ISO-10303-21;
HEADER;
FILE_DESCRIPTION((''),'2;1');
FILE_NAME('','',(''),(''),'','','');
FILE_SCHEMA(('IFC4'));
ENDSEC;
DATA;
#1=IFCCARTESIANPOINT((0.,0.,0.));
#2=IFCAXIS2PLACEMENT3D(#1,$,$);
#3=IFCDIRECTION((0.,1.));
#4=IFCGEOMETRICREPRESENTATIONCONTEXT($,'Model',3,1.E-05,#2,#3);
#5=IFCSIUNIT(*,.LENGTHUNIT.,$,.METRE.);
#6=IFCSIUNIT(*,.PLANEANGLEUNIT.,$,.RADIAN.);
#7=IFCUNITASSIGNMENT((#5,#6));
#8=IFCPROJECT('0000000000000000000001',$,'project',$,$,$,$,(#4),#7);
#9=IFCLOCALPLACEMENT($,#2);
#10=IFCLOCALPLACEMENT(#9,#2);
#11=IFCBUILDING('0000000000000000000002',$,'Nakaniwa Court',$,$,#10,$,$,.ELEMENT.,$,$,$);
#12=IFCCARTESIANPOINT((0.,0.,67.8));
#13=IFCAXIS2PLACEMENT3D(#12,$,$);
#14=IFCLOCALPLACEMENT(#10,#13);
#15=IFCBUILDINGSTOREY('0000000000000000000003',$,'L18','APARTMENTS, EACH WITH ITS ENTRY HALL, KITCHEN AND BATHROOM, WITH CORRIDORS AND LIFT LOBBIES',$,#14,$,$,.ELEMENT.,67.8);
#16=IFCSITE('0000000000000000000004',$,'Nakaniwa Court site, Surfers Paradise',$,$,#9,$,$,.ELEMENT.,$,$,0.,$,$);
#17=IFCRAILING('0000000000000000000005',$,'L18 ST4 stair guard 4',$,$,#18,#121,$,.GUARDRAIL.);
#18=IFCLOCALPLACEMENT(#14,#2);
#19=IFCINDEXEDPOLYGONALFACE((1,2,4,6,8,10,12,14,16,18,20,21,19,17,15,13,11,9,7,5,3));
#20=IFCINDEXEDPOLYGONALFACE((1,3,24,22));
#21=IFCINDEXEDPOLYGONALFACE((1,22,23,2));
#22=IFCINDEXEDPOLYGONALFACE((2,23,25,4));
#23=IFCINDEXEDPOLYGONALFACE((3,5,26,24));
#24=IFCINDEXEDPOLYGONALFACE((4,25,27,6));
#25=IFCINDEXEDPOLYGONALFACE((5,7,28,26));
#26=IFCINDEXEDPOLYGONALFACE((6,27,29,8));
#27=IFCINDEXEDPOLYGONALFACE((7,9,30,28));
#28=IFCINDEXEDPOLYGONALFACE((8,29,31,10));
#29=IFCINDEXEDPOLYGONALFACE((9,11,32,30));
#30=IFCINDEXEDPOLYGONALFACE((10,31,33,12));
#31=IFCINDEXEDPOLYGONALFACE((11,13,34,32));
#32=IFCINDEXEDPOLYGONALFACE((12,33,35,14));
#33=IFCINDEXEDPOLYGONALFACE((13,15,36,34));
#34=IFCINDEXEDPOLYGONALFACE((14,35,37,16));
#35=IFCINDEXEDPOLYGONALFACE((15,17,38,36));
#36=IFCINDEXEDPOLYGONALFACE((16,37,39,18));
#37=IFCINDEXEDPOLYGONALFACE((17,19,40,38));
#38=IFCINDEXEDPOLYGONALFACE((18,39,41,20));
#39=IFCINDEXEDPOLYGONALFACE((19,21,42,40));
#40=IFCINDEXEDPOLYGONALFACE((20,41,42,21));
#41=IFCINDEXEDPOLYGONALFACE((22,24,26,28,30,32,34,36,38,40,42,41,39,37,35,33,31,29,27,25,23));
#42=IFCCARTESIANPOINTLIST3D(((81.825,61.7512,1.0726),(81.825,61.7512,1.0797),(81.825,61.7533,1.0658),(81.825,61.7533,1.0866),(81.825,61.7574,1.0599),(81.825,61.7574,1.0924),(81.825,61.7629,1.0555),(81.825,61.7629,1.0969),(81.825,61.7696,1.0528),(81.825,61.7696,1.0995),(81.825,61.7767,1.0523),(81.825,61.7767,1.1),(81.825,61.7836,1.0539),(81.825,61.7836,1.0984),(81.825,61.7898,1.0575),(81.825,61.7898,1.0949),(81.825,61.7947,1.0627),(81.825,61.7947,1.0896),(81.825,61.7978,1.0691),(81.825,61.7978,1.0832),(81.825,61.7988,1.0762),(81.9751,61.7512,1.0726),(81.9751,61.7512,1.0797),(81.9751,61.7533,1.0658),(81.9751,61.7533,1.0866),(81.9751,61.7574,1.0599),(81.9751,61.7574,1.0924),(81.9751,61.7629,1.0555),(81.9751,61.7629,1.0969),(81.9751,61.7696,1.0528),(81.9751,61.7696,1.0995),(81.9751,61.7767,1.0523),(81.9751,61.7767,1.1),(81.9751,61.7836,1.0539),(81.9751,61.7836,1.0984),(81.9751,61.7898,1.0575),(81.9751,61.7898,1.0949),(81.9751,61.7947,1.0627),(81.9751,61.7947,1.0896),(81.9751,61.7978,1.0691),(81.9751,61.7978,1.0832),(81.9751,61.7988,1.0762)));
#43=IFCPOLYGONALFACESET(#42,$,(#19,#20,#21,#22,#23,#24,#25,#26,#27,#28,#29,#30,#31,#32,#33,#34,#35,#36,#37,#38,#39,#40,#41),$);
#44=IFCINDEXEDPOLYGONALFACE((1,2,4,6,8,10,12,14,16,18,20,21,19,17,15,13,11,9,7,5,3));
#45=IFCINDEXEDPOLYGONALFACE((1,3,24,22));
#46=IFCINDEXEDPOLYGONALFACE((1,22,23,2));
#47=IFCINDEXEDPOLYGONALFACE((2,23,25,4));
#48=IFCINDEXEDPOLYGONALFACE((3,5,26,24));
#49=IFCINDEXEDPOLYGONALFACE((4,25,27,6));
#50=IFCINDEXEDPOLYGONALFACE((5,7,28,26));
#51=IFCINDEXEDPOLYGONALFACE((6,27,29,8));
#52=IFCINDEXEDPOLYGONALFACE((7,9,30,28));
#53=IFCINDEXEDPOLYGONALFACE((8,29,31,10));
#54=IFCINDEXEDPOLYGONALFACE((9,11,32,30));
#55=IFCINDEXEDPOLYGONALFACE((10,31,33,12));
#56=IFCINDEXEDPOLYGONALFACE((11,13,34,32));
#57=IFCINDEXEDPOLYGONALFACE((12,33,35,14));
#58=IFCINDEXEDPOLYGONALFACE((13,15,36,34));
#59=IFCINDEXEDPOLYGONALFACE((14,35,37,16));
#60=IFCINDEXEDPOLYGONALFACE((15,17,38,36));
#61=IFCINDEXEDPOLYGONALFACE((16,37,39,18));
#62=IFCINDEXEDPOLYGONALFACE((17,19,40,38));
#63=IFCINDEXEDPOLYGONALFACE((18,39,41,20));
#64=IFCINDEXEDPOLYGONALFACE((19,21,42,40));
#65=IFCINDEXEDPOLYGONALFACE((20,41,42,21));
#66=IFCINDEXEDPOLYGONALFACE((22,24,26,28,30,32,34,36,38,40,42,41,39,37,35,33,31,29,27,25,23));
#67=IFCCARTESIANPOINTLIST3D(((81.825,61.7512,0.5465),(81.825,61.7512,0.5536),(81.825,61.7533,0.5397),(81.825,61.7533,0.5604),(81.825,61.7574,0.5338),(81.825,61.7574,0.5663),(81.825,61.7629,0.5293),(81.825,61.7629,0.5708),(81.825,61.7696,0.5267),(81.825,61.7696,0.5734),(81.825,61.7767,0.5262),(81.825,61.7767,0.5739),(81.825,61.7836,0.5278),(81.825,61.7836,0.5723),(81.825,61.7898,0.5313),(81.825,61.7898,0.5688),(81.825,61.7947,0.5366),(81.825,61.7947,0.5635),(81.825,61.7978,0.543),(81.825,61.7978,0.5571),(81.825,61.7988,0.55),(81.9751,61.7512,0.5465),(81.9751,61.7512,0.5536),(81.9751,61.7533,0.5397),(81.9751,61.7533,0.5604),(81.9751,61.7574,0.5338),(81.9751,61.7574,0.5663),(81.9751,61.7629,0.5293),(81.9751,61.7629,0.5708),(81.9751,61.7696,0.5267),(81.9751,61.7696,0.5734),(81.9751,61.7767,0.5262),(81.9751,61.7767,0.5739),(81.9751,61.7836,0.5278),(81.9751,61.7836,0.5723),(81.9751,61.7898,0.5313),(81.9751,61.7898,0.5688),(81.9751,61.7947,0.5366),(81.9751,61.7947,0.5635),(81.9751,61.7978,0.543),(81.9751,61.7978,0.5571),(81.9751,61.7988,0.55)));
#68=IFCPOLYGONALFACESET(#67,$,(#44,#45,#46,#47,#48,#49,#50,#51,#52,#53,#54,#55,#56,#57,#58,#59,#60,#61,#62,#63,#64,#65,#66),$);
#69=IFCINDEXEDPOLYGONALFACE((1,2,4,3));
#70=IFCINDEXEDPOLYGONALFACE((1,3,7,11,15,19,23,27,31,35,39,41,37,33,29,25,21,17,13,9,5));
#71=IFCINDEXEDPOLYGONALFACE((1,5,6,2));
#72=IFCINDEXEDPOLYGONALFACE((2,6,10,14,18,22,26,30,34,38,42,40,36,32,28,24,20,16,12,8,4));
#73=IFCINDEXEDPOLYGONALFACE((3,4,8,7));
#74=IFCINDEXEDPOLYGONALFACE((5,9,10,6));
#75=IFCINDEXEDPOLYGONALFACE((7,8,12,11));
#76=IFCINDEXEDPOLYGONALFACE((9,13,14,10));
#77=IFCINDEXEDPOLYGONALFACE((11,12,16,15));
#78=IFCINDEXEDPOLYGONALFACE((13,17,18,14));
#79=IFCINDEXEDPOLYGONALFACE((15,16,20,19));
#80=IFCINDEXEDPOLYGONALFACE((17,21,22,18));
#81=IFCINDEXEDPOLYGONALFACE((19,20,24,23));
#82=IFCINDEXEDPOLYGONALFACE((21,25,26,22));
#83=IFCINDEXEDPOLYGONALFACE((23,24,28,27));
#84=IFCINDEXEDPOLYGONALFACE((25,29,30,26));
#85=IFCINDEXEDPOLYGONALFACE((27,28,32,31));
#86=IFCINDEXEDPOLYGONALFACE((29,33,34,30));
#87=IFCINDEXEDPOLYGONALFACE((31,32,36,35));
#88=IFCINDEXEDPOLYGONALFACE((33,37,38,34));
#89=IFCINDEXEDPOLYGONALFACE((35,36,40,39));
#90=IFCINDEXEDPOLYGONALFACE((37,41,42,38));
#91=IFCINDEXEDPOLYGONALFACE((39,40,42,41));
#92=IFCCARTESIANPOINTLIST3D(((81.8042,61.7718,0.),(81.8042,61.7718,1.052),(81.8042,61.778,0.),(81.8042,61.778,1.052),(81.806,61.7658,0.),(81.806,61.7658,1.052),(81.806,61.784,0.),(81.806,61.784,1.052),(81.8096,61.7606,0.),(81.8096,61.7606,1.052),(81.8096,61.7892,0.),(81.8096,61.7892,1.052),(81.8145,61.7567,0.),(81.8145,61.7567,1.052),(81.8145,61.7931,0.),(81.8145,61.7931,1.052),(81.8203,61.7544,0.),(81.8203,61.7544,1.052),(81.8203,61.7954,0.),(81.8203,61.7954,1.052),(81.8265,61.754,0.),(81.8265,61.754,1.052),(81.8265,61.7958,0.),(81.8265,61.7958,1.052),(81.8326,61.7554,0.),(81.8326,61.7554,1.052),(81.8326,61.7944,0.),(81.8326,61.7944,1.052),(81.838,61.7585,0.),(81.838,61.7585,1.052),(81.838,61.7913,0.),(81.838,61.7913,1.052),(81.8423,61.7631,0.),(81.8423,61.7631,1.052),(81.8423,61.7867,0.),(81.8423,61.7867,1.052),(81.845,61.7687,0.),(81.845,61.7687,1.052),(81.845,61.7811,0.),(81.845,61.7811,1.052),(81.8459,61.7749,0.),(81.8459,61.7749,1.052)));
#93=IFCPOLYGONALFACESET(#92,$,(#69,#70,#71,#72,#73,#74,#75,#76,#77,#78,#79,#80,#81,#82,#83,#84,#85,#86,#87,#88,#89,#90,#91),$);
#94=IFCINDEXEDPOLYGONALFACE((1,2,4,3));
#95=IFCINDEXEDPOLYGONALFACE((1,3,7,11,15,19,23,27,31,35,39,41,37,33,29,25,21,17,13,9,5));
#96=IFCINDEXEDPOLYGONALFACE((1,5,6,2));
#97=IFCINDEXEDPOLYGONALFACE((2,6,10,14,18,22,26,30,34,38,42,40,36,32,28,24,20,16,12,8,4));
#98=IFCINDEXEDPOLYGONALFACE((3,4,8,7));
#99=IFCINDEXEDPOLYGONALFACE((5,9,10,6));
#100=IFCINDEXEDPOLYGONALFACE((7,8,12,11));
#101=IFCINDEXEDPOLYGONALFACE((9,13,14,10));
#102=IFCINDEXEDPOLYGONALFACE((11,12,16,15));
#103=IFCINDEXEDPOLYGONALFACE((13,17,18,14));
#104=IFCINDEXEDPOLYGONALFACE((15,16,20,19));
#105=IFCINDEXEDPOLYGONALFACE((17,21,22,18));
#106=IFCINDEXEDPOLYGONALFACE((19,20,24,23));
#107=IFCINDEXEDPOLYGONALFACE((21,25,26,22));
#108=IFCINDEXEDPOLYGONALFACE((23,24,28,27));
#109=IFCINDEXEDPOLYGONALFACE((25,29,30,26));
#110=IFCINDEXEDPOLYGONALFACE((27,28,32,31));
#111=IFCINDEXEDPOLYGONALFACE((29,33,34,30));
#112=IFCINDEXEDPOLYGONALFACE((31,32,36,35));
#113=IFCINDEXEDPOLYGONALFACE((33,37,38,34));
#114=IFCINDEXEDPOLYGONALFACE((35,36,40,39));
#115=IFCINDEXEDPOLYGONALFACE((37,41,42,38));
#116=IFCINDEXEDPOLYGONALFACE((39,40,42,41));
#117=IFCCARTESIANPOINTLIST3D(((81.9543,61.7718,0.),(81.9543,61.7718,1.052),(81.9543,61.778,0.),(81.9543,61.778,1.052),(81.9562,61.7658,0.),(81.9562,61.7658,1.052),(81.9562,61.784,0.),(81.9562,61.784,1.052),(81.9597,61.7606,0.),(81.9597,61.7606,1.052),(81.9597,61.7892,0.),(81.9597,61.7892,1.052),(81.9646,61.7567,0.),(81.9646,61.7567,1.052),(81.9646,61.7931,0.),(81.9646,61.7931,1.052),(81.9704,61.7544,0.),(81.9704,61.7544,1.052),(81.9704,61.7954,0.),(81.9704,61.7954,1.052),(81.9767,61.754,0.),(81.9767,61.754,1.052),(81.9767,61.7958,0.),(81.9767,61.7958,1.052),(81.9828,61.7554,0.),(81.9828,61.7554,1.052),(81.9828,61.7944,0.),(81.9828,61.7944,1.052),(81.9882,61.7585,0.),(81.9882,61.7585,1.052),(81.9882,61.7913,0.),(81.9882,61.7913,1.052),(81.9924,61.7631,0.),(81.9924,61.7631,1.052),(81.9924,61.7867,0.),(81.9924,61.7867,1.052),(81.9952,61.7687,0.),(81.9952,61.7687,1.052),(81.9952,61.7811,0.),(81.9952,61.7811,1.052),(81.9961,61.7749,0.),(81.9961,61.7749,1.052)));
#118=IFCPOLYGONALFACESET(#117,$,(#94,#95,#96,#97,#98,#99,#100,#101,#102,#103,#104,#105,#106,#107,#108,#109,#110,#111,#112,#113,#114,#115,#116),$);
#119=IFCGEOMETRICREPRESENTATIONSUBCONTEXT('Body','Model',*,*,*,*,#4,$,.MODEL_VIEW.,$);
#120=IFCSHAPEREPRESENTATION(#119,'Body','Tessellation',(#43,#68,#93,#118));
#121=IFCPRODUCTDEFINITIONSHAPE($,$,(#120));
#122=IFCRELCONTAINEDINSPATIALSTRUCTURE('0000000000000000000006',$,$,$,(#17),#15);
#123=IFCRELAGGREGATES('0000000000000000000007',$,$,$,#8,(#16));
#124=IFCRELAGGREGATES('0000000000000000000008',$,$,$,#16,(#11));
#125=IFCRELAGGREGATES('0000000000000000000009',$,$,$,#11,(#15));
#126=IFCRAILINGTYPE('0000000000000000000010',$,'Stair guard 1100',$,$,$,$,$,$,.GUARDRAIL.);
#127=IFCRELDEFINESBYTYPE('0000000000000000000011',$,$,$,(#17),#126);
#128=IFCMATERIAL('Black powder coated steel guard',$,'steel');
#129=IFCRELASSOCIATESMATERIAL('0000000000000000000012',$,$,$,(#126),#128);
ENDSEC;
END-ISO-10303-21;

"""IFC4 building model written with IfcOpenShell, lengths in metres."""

from ifc_helpers import new_model, si_unit, direction, frame, origin, origin_2d, place, context, subcontext, project, spatial, circle, extrude, material, type_object, element, save


model = new_model("IFC4")

# Units and contexts
model_context = context("Model", 3, precision=1e-05, world=origin(), true_north=direction((0.0, 1.0)))
body_context = subcontext(model_context, "Body", "Model", "MODEL_VIEW")
ifc_project = project(units=[si_unit("LENGTHUNIT", "METRE"), si_unit("PLANEANGLEUNIT", "RADIAN")], contexts=[model_context])

# Site, building, storey
site_placement = place(None, origin())
site = spatial("IfcSite", under=ifc_project, at=site_placement, Name="Nakaniwa Court site, Surfers Paradise", CompositionType="ELEMENT", RefElevation=0.0)
building_placement = place(site_placement, origin())
building = spatial("IfcBuilding", under=site, at=building_placement, Name="Nakaniwa Court", CompositionType="ELEMENT")
storey_placement = place(building_placement, frame((0.0, 0.0, 67.8)))
storey = spatial("IfcBuildingStorey", under=building, at=storey_placement, Name="L18", Description="APARTMENTS, EACH WITH ITS ENTRY HALL, KITCHEN AND BATHROOM, WITH CORRIDORS AND LIFT LOBBIES", CompositionType="ELEMENT", Elevation=67.8)

# Railing
ifc_material_1 = material(Name="Black powder coated steel guard", Category="steel")
railing_type_1 = type_object("IfcRailingType", Name="Stair guard 1100", PredefinedType="GUARDRAIL", material=ifc_material_1)
railing_1_placement = place(storey_placement, frame((81.825, 61.7749, 0.0)))
element("IfcRailing", 1, at=railing_1_placement, inside=storey, type_object=railing_type_1, Name="L18 ST4 stair guard 4", PredefinedType="GUARDRAIL", context=body_context, shape_type="SweptSolid", body=[
    extrude(circle(Radius=0.0239, at=origin_2d()), frame((0.0, 0.0, 1.0762), z_axis=(1.0, 0.0, 0.0), x_axis=(0.0, 1.0, 0.0)), (0.0, 0.0, 1.0), 0.1501),
    extrude(circle(Radius=0.0239, at=origin_2d()), frame((0.0, 0.0, 0.55), z_axis=(1.0, 0.0, 0.0), x_axis=(0.0, 1.0, 0.0)), (0.0, 0.0, 1.0), 0.1501),
    extrude(circle(Radius=0.021, at=origin_2d()), origin(), (0.0, 0.0, 1.0), 1.052),
    extrude(circle(Radius=0.021, at=origin_2d()), frame((0.1501, 0.0, 0.0)), (0.0, 0.0, 1.0), 1.052),
])

save(model, "model.ifc")
